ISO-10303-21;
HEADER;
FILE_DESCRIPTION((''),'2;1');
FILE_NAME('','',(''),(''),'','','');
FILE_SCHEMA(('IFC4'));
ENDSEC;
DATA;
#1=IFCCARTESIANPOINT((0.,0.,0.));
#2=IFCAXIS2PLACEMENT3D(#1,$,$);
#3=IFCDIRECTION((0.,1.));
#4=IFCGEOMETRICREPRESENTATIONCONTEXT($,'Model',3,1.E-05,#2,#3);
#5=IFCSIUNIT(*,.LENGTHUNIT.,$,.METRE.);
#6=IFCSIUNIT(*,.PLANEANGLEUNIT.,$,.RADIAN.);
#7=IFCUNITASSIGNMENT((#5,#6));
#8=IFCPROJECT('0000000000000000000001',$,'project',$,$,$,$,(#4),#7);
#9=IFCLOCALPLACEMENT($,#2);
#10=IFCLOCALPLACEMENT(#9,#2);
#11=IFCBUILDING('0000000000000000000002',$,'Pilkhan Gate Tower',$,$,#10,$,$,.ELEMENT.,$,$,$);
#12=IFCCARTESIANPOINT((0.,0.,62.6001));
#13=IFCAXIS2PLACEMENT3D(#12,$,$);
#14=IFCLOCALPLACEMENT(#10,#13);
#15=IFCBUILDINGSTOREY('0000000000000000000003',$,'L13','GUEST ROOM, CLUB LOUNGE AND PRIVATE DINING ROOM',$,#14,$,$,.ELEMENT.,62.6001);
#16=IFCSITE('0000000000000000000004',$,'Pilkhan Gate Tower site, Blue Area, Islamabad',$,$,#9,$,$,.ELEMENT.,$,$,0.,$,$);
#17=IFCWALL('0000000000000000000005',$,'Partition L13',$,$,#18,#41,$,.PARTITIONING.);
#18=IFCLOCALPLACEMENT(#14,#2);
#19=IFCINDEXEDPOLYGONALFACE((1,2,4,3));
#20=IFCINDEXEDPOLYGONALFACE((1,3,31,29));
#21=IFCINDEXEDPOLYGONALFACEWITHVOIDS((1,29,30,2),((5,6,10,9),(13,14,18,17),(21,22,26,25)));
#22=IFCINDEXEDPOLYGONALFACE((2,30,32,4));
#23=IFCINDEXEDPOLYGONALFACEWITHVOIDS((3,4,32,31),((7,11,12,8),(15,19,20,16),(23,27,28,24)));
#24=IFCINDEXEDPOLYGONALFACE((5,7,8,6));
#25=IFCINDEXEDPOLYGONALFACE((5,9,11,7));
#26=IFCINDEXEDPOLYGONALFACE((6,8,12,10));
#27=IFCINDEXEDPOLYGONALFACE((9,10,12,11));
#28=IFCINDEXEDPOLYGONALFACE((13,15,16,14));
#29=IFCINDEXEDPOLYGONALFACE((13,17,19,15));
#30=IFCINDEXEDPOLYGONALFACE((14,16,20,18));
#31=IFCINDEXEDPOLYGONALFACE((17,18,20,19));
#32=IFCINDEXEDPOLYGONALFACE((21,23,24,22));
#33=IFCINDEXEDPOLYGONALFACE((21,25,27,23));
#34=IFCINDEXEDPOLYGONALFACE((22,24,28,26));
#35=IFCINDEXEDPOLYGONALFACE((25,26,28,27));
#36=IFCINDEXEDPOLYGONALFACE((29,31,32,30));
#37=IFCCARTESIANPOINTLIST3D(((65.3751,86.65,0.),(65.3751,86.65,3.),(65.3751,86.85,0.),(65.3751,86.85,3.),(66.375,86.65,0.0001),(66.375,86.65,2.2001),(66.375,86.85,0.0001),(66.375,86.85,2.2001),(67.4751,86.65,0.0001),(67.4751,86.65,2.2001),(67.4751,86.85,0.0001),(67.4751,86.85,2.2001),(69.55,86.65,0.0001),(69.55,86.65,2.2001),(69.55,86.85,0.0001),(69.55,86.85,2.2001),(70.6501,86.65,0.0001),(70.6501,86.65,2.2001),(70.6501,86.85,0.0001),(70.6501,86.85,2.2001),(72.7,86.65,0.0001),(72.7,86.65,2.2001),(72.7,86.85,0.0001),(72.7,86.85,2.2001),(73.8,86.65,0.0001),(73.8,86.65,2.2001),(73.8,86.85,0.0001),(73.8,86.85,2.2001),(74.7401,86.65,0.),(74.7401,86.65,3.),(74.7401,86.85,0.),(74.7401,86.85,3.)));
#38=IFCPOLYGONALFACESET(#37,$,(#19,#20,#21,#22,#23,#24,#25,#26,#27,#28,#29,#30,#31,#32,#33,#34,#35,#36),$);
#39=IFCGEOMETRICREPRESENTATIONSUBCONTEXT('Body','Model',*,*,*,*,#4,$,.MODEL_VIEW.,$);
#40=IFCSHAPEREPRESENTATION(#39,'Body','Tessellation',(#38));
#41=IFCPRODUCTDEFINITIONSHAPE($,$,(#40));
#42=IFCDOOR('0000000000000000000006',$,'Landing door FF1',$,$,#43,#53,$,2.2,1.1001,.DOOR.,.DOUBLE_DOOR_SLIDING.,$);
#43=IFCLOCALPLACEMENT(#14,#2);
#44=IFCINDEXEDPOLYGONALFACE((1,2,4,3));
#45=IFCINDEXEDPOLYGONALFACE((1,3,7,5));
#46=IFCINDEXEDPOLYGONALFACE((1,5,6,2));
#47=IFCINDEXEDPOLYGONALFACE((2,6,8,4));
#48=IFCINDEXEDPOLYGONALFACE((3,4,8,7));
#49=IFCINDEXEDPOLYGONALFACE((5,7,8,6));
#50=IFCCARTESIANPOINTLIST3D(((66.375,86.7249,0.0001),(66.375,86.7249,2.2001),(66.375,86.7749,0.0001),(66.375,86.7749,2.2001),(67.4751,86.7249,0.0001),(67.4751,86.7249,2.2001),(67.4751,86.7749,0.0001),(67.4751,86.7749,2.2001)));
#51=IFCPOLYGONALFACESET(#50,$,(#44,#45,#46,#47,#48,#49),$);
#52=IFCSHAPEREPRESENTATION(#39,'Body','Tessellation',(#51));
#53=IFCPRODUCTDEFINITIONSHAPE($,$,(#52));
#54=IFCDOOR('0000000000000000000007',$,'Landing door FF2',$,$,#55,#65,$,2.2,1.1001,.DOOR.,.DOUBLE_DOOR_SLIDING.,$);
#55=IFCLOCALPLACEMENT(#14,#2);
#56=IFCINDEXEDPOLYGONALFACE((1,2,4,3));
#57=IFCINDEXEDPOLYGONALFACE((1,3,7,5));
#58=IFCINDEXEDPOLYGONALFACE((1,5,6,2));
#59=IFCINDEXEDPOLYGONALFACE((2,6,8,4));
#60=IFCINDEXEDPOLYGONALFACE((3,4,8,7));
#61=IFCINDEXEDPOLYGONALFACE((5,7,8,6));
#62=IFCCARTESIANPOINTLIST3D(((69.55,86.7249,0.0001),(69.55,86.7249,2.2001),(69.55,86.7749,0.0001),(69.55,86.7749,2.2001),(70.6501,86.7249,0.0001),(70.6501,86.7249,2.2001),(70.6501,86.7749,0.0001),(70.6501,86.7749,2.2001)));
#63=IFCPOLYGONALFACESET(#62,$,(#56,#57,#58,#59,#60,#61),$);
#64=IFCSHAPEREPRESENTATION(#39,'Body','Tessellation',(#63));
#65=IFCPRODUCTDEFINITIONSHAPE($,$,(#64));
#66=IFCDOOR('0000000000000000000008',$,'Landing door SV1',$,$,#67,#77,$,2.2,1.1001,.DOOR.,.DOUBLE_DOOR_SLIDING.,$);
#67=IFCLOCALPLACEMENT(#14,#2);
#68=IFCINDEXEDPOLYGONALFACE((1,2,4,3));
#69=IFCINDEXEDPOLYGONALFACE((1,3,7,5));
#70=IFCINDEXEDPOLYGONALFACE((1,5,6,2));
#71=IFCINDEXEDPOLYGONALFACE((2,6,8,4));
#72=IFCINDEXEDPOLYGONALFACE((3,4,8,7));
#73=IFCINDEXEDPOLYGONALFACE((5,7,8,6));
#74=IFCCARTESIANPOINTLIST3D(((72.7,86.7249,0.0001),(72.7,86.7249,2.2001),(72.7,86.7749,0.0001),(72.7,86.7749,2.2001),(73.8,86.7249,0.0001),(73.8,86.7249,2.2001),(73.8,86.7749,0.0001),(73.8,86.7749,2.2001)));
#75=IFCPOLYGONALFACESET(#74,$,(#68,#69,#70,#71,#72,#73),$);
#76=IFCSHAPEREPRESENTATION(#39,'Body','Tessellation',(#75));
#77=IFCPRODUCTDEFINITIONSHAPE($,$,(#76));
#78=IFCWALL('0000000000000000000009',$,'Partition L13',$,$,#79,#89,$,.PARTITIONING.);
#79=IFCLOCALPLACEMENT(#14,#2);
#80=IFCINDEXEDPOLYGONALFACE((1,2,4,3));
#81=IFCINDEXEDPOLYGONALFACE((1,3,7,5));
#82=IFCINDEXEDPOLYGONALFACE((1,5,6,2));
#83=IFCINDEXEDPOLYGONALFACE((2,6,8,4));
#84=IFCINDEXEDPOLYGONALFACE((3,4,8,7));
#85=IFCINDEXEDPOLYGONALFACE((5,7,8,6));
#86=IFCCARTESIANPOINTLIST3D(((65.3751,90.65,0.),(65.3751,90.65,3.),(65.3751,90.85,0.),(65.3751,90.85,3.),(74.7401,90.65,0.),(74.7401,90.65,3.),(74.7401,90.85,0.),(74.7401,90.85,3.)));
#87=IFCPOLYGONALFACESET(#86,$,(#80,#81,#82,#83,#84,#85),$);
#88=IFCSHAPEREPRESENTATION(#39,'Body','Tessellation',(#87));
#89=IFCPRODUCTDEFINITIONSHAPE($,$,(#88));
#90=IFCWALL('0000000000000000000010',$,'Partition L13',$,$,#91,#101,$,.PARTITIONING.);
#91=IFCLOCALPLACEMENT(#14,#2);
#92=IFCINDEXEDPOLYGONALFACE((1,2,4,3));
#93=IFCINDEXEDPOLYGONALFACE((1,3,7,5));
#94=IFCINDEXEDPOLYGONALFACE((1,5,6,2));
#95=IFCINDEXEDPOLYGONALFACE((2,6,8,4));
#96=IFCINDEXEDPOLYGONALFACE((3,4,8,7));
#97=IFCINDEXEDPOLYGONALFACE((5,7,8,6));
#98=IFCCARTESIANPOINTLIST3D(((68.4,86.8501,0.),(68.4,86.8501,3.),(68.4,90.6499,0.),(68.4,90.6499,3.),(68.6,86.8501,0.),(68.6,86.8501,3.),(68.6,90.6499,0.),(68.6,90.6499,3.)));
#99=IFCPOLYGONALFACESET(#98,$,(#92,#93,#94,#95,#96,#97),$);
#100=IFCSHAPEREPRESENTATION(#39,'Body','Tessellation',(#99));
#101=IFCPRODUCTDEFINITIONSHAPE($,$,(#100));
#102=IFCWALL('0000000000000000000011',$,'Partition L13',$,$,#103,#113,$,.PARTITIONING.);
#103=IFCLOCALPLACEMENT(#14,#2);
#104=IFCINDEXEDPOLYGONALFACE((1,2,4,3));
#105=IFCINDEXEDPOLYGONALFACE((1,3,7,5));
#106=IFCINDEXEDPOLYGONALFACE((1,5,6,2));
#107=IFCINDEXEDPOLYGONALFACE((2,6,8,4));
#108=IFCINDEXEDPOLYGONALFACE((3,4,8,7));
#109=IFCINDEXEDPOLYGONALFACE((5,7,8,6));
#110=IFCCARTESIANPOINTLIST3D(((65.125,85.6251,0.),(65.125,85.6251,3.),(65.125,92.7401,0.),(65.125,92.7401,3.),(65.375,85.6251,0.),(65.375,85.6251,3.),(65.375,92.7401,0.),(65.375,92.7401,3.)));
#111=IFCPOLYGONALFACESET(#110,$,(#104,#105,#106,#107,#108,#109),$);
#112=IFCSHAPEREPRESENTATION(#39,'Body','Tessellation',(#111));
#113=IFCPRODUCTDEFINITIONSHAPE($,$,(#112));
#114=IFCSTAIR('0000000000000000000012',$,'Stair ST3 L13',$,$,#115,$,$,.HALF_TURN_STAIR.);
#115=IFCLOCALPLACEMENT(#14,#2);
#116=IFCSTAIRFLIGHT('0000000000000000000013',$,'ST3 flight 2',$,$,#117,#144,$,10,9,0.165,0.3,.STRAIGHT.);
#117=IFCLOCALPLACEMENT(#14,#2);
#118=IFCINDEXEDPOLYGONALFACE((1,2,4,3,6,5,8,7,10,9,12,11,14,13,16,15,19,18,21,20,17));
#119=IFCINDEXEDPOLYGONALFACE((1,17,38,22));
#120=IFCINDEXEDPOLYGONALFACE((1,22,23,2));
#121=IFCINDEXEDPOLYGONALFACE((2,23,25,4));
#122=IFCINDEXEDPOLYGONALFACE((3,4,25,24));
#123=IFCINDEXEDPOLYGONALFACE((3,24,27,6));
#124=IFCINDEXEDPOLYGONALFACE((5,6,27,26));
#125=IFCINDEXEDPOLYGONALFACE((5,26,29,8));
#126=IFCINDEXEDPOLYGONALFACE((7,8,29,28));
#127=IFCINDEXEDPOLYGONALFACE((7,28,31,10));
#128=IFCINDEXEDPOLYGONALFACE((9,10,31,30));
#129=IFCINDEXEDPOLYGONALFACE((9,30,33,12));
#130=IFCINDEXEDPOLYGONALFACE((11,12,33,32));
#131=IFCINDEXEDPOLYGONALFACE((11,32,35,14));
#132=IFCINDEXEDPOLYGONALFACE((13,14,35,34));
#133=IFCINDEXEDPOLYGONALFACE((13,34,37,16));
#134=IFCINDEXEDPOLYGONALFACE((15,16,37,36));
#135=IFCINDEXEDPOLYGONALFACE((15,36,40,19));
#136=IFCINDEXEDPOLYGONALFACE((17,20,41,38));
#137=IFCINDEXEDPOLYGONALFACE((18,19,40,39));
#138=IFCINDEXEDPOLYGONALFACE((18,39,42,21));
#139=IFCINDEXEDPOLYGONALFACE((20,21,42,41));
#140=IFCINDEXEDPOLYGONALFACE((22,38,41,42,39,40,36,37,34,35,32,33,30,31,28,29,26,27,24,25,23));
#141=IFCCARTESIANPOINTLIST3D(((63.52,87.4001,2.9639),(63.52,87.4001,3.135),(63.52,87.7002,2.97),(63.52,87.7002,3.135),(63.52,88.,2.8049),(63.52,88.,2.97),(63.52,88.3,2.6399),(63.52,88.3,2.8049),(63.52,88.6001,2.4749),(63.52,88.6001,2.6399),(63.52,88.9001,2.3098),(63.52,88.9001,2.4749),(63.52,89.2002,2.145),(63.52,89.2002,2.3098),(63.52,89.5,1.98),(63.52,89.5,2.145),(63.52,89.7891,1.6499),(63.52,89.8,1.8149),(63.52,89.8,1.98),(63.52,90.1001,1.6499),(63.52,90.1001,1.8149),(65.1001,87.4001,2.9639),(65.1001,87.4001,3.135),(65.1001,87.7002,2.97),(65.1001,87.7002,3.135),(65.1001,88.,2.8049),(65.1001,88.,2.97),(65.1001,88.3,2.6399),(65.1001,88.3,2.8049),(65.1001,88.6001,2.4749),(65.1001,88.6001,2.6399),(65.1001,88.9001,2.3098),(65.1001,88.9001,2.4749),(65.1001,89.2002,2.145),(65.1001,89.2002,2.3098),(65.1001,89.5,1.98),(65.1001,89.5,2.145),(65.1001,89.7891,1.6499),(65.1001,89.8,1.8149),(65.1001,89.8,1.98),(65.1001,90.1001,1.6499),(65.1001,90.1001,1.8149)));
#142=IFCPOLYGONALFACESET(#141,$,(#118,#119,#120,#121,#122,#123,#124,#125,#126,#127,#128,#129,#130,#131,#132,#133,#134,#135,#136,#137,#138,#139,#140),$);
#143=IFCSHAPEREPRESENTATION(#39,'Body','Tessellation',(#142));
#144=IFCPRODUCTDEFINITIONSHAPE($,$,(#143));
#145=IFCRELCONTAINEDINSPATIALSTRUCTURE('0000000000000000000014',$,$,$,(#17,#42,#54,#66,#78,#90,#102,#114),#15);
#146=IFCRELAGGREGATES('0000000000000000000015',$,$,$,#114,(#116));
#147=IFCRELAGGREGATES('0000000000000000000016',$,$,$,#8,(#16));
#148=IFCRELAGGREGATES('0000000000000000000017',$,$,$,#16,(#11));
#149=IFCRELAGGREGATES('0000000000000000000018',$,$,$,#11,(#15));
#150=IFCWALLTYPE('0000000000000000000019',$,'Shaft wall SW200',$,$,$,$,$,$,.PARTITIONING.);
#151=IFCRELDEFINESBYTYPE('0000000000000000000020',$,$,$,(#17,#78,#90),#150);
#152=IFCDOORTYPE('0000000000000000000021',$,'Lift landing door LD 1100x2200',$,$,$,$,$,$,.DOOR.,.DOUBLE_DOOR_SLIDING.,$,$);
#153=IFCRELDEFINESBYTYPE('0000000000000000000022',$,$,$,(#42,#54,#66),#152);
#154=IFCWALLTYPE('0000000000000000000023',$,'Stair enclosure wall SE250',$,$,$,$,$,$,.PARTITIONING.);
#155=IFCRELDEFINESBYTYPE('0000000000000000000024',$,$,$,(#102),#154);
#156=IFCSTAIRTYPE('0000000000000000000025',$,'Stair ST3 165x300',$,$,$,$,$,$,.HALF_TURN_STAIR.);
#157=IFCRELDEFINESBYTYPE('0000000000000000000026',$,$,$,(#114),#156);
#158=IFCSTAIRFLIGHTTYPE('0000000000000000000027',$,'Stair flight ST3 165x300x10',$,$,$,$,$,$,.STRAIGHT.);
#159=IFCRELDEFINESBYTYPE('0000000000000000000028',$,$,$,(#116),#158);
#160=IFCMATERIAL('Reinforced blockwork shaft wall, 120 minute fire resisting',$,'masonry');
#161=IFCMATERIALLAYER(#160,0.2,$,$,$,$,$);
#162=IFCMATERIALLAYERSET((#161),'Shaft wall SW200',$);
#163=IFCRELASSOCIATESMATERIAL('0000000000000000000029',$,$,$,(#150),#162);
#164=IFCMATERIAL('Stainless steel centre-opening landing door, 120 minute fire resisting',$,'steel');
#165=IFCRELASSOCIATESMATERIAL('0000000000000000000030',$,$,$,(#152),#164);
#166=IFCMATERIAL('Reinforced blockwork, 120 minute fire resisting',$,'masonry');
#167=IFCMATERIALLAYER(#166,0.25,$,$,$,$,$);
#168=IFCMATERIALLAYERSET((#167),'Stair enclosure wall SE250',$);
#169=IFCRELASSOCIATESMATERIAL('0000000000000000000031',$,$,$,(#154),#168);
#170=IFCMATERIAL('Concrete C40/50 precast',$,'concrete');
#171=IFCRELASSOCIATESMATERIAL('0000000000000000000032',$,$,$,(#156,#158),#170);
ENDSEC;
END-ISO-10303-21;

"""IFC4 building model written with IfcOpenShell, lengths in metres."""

from ifc_helpers import new_model, si_unit, direction, frame, frame_2d, origin, place, context, subcontext, project, spatial, polyline, rectangle, outline, extrude, material, layer, layer_set, type_object, element, fill, aggregate, save


model = new_model("IFC4")

# Units and contexts
model_context = context("Model", 3, precision=1e-05, world=origin(), true_north=direction((0.0, 1.0)))
body_context = subcontext(model_context, "Body", "Model", "MODEL_VIEW")
ifc_project = project(units=[si_unit("LENGTHUNIT", "METRE"), si_unit("PLANEANGLEUNIT", "RADIAN")], contexts=[model_context])

# Site, building, storey
site_placement = place(None, origin())
site = spatial("IfcSite", under=ifc_project, at=site_placement, Name="Pilkhan Gate Tower site, Blue Area, Islamabad", CompositionType="ELEMENT", RefElevation=0.0)
building_placement = place(site_placement, origin())
building = spatial("IfcBuilding", under=site, at=building_placement, Name="Pilkhan Gate Tower", CompositionType="ELEMENT")
storey_placement = place(building_placement, frame((0.0, 0.0, 62.6001)))
storey = spatial("IfcBuildingStorey", under=building, at=storey_placement, Name="L13", Description="GUEST ROOM, CLUB LOUNGE AND PRIVATE DINING ROOM", CompositionType="ELEMENT", Elevation=62.6001)

# Wall, openings, doors
ifc_material_1 = material(Name="Reinforced blockwork shaft wall, 120 minute fire resisting", Category="masonry")
ifc_layer_1 = layer(ifc_material_1, 0.2)
ifc_layer_set_1 = layer_set([ifc_layer_1], Name="Shaft wall SW200")
wall_type_1 = type_object("IfcWallType", Name="Shaft wall SW200", PredefinedType="PARTITIONING", material=ifc_layer_set_1)
wall_1_placement = place(storey_placement, frame((65.375, 86.75, 0.0), z_axis=(0.0, 0.0, 1.0), x_axis=(1.0, 0.0, 0.0)))
wall_1 = element("IfcWall", 1, at=wall_1_placement, inside=storey, type_object=wall_type_1, Name="Partition L13", PredefinedType="PARTITIONING", context=body_context, shape_type="SweptSolid", body=[
    extrude(rectangle(XDim=9.365, YDim=0.2, at=frame_2d((4.6826, 0.0))), origin(), (0.0, 0.0, 1.0), 3.0),
])
opening_1_placement = place(wall_1_placement, frame((1.0, 0.0, 0.0)))
opening_1 = element("IfcOpeningElement", 2, at=opening_1_placement, cuts=wall_1, PredefinedType="OPENING", context=body_context, shape_type="SweptSolid", body=[
    extrude(rectangle(XDim=1.1001, YDim=2.2, at=frame_2d((0.55, 1.1001))), frame((0.0, 0.1099, 0.0), z_axis=(0.0, -1.0, 0.0), x_axis=(1.0, 0.0, 0.0)), (0.0, 0.0, 1.0), 0.22),
])
opening_2_placement = place(wall_1_placement, frame((4.175, 0.0, 0.0)))
opening_2 = element("IfcOpeningElement", 3, at=opening_2_placement, cuts=wall_1, PredefinedType="OPENING", context=body_context, shape_type="SweptSolid", body=[
    extrude(rectangle(XDim=1.1001, YDim=2.2, at=frame_2d((0.55, 1.1001))), frame((0.0, 0.1099, 0.0), z_axis=(0.0, -1.0, 0.0), x_axis=(1.0, 0.0, 0.0)), (0.0, 0.0, 1.0), 0.22),
])
opening_3_placement = place(wall_1_placement, frame((7.325, 0.0, 0.0)))
opening_3 = element("IfcOpeningElement", 4, at=opening_3_placement, cuts=wall_1, PredefinedType="OPENING", context=body_context, shape_type="SweptSolid", body=[
    extrude(rectangle(XDim=1.1001, YDim=2.2, at=frame_2d((0.55, 1.1001))), frame((0.0, 0.1099, 0.0), z_axis=(0.0, -1.0, 0.0), x_axis=(1.0, 0.0, 0.0)), (0.0, 0.0, 1.0), 0.22),
])
ifc_material_2 = material(Name="Stainless steel centre-opening landing door, 120 minute fire resisting", Category="steel")
door_type = type_object("IfcDoorType", Name="Lift landing door LD 1100x2200", OperationType="DOUBLE_DOOR_SLIDING", PredefinedType="DOOR", material=ifc_material_2)
door_1_placement = place(opening_1_placement, origin())
door_1 = element("IfcDoor", 5, at=door_1_placement, inside=storey, type_object=door_type, Name="Landing door FF1", OperationType="DOUBLE_DOOR_SLIDING", OverallHeight=2.2, OverallWidth=1.1001, PredefinedType="DOOR", context=body_context, shape_type="SweptSolid", body=[
    extrude(rectangle(XDim=1.1001, YDim=2.2, at=frame_2d((0.55, 1.1001))), frame((0.0, 0.0249, 0.0), z_axis=(0.0, -1.0, 0.0), x_axis=(1.0, 0.0, 0.0)), (0.0, 0.0, 1.0), 0.05),
])
fill(opening_1, door_1)
door_2_placement = place(opening_2_placement, origin())
door_2 = element("IfcDoor", 6, at=door_2_placement, inside=storey, type_object=door_type, Name="Landing door FF2", OperationType="DOUBLE_DOOR_SLIDING", OverallHeight=2.2, OverallWidth=1.1001, PredefinedType="DOOR", context=body_context, shape_type="SweptSolid", body=[
    extrude(rectangle(XDim=1.1001, YDim=2.2, at=frame_2d((0.55, 1.1001))), frame((0.0, 0.0249, 0.0), z_axis=(0.0, -1.0, 0.0), x_axis=(1.0, 0.0, 0.0)), (0.0, 0.0, 1.0), 0.05),
])
fill(opening_2, door_2)
door_3_placement = place(opening_3_placement, origin())
door_3 = element("IfcDoor", 7, at=door_3_placement, inside=storey, type_object=door_type, Name="Landing door SV1", OperationType="DOUBLE_DOOR_SLIDING", OverallHeight=2.2, OverallWidth=1.1001, PredefinedType="DOOR", context=body_context, shape_type="SweptSolid", body=[
    extrude(rectangle(XDim=1.1001, YDim=2.2, at=frame_2d((0.55, 1.1001))), frame((0.0, 0.0249, 0.0), z_axis=(0.0, -1.0, 0.0), x_axis=(1.0, 0.0, 0.0)), (0.0, 0.0, 1.0), 0.05),
])
fill(opening_3, door_3)

# Walls
wall_2_placement = place(storey_placement, frame((65.375, 90.75, 0.0), z_axis=(0.0, 0.0, 1.0), x_axis=(1.0, 0.0, 0.0)))
element("IfcWall", 8, at=wall_2_placement, inside=storey, type_object=wall_type_1, Name="Partition L13", PredefinedType="PARTITIONING", context=body_context, shape_type="SweptSolid", body=[
    extrude(rectangle(XDim=9.365, YDim=0.2, at=frame_2d((4.6826, 0.0))), origin(), (0.0, 0.0, 1.0), 3.0),
])
wall_3_placement = place(storey_placement, frame((68.5, 86.8501, 0.0), z_axis=(0.0, 0.0, 1.0), x_axis=(0.0, 1.0, 0.0)))
element("IfcWall", 9, at=wall_3_placement, inside=storey, type_object=wall_type_1, Name="Partition L13", PredefinedType="PARTITIONING", context=body_context, shape_type="SweptSolid", body=[
    extrude(rectangle(XDim=3.7998, YDim=0.2, at=frame_2d((1.8999, 0.0))), origin(), (0.0, 0.0, 1.0), 3.0),
])
ifc_material_3 = material(Name="Reinforced blockwork, 120 minute fire resisting", Category="masonry")
ifc_layer_2 = layer(ifc_material_3, 0.25)
ifc_layer_set_2 = layer_set([ifc_layer_2], Name="Stair enclosure wall SE250")
wall_type_2 = type_object("IfcWallType", Name="Stair enclosure wall SE250", PredefinedType="PARTITIONING", material=ifc_layer_set_2)
wall_4_placement = place(storey_placement, frame((65.25, 85.625, 0.0), z_axis=(0.0, 0.0, 1.0), x_axis=(0.0, 1.0, 0.0)))
element("IfcWall", 10, at=wall_4_placement, inside=storey, type_object=wall_type_2, Name="Partition L13", PredefinedType="PARTITIONING", context=body_context, shape_type="SweptSolid", body=[
    extrude(rectangle(XDim=7.115, YDim=0.25, at=frame_2d((3.5576, 0.0))), origin(), (0.0, 0.0, 1.0), 3.0),
])

# Stair, stair flight
ifc_material_4 = material(Name="Concrete C40/50 precast", Category="concrete")
stair_type = type_object("IfcStairType", Name="Stair ST3 165x300", PredefinedType="HALF_TURN_STAIR", material=ifc_material_4)
stair_placement = place(storey_placement, origin())
stair = element("IfcStair", 11, at=stair_placement, inside=storey, type_object=stair_type, Name="Stair ST3 L13", PredefinedType="HALF_TURN_STAIR")
stair_flight_type = type_object("IfcStairFlightType", Name="Stair flight ST3 165x300x10", PredefinedType="STRAIGHT", material=ifc_material_4)
stair_flight_placement = place(storey_placement, frame((64.3101, 90.1001, 1.6499), z_axis=(0.0, 0.0, 1.0), x_axis=(0.0, -1.0, 0.0)))
stair_flight = element("IfcStairFlight", 12, at=stair_flight_placement, type_object=stair_flight_type, Name="ST3 flight 2", NumberOfRisers=10, NumberOfTreads=9, PredefinedType="STRAIGHT", RiserHeight=0.165, TreadLength=0.3, context=body_context, shape_type="SweptSolid", body=[
    extrude(outline(polyline([(0.0, 0.0), (0.0, 0.165), (0.3, 0.165), (0.3, 0.3301), (0.6001, 0.3301), (0.6001, 0.4951), (0.8999, 0.4951), (0.8999, 0.6599), (1.2, 0.6599), (1.2, 0.825), (1.5, 0.825), (1.5, 0.99), (1.8, 0.99), (1.8, 1.155), (2.1001, 1.155), (2.1001, 1.3201), (2.3999, 1.3201), (2.3999, 1.4851), (2.7, 1.4851), (2.7, 1.6499), (2.7, 1.314), (0.311, 0.0), (0.0, 0.0)])), frame((0.0, 0.79, 0.0), z_axis=(0.0, -1.0, 0.0), x_axis=(1.0, 0.0, 0.0)), (0.0, 0.0, 1.0), 1.5801),
])
aggregate(stair, [stair_flight])

save(model, "model.ifc")
